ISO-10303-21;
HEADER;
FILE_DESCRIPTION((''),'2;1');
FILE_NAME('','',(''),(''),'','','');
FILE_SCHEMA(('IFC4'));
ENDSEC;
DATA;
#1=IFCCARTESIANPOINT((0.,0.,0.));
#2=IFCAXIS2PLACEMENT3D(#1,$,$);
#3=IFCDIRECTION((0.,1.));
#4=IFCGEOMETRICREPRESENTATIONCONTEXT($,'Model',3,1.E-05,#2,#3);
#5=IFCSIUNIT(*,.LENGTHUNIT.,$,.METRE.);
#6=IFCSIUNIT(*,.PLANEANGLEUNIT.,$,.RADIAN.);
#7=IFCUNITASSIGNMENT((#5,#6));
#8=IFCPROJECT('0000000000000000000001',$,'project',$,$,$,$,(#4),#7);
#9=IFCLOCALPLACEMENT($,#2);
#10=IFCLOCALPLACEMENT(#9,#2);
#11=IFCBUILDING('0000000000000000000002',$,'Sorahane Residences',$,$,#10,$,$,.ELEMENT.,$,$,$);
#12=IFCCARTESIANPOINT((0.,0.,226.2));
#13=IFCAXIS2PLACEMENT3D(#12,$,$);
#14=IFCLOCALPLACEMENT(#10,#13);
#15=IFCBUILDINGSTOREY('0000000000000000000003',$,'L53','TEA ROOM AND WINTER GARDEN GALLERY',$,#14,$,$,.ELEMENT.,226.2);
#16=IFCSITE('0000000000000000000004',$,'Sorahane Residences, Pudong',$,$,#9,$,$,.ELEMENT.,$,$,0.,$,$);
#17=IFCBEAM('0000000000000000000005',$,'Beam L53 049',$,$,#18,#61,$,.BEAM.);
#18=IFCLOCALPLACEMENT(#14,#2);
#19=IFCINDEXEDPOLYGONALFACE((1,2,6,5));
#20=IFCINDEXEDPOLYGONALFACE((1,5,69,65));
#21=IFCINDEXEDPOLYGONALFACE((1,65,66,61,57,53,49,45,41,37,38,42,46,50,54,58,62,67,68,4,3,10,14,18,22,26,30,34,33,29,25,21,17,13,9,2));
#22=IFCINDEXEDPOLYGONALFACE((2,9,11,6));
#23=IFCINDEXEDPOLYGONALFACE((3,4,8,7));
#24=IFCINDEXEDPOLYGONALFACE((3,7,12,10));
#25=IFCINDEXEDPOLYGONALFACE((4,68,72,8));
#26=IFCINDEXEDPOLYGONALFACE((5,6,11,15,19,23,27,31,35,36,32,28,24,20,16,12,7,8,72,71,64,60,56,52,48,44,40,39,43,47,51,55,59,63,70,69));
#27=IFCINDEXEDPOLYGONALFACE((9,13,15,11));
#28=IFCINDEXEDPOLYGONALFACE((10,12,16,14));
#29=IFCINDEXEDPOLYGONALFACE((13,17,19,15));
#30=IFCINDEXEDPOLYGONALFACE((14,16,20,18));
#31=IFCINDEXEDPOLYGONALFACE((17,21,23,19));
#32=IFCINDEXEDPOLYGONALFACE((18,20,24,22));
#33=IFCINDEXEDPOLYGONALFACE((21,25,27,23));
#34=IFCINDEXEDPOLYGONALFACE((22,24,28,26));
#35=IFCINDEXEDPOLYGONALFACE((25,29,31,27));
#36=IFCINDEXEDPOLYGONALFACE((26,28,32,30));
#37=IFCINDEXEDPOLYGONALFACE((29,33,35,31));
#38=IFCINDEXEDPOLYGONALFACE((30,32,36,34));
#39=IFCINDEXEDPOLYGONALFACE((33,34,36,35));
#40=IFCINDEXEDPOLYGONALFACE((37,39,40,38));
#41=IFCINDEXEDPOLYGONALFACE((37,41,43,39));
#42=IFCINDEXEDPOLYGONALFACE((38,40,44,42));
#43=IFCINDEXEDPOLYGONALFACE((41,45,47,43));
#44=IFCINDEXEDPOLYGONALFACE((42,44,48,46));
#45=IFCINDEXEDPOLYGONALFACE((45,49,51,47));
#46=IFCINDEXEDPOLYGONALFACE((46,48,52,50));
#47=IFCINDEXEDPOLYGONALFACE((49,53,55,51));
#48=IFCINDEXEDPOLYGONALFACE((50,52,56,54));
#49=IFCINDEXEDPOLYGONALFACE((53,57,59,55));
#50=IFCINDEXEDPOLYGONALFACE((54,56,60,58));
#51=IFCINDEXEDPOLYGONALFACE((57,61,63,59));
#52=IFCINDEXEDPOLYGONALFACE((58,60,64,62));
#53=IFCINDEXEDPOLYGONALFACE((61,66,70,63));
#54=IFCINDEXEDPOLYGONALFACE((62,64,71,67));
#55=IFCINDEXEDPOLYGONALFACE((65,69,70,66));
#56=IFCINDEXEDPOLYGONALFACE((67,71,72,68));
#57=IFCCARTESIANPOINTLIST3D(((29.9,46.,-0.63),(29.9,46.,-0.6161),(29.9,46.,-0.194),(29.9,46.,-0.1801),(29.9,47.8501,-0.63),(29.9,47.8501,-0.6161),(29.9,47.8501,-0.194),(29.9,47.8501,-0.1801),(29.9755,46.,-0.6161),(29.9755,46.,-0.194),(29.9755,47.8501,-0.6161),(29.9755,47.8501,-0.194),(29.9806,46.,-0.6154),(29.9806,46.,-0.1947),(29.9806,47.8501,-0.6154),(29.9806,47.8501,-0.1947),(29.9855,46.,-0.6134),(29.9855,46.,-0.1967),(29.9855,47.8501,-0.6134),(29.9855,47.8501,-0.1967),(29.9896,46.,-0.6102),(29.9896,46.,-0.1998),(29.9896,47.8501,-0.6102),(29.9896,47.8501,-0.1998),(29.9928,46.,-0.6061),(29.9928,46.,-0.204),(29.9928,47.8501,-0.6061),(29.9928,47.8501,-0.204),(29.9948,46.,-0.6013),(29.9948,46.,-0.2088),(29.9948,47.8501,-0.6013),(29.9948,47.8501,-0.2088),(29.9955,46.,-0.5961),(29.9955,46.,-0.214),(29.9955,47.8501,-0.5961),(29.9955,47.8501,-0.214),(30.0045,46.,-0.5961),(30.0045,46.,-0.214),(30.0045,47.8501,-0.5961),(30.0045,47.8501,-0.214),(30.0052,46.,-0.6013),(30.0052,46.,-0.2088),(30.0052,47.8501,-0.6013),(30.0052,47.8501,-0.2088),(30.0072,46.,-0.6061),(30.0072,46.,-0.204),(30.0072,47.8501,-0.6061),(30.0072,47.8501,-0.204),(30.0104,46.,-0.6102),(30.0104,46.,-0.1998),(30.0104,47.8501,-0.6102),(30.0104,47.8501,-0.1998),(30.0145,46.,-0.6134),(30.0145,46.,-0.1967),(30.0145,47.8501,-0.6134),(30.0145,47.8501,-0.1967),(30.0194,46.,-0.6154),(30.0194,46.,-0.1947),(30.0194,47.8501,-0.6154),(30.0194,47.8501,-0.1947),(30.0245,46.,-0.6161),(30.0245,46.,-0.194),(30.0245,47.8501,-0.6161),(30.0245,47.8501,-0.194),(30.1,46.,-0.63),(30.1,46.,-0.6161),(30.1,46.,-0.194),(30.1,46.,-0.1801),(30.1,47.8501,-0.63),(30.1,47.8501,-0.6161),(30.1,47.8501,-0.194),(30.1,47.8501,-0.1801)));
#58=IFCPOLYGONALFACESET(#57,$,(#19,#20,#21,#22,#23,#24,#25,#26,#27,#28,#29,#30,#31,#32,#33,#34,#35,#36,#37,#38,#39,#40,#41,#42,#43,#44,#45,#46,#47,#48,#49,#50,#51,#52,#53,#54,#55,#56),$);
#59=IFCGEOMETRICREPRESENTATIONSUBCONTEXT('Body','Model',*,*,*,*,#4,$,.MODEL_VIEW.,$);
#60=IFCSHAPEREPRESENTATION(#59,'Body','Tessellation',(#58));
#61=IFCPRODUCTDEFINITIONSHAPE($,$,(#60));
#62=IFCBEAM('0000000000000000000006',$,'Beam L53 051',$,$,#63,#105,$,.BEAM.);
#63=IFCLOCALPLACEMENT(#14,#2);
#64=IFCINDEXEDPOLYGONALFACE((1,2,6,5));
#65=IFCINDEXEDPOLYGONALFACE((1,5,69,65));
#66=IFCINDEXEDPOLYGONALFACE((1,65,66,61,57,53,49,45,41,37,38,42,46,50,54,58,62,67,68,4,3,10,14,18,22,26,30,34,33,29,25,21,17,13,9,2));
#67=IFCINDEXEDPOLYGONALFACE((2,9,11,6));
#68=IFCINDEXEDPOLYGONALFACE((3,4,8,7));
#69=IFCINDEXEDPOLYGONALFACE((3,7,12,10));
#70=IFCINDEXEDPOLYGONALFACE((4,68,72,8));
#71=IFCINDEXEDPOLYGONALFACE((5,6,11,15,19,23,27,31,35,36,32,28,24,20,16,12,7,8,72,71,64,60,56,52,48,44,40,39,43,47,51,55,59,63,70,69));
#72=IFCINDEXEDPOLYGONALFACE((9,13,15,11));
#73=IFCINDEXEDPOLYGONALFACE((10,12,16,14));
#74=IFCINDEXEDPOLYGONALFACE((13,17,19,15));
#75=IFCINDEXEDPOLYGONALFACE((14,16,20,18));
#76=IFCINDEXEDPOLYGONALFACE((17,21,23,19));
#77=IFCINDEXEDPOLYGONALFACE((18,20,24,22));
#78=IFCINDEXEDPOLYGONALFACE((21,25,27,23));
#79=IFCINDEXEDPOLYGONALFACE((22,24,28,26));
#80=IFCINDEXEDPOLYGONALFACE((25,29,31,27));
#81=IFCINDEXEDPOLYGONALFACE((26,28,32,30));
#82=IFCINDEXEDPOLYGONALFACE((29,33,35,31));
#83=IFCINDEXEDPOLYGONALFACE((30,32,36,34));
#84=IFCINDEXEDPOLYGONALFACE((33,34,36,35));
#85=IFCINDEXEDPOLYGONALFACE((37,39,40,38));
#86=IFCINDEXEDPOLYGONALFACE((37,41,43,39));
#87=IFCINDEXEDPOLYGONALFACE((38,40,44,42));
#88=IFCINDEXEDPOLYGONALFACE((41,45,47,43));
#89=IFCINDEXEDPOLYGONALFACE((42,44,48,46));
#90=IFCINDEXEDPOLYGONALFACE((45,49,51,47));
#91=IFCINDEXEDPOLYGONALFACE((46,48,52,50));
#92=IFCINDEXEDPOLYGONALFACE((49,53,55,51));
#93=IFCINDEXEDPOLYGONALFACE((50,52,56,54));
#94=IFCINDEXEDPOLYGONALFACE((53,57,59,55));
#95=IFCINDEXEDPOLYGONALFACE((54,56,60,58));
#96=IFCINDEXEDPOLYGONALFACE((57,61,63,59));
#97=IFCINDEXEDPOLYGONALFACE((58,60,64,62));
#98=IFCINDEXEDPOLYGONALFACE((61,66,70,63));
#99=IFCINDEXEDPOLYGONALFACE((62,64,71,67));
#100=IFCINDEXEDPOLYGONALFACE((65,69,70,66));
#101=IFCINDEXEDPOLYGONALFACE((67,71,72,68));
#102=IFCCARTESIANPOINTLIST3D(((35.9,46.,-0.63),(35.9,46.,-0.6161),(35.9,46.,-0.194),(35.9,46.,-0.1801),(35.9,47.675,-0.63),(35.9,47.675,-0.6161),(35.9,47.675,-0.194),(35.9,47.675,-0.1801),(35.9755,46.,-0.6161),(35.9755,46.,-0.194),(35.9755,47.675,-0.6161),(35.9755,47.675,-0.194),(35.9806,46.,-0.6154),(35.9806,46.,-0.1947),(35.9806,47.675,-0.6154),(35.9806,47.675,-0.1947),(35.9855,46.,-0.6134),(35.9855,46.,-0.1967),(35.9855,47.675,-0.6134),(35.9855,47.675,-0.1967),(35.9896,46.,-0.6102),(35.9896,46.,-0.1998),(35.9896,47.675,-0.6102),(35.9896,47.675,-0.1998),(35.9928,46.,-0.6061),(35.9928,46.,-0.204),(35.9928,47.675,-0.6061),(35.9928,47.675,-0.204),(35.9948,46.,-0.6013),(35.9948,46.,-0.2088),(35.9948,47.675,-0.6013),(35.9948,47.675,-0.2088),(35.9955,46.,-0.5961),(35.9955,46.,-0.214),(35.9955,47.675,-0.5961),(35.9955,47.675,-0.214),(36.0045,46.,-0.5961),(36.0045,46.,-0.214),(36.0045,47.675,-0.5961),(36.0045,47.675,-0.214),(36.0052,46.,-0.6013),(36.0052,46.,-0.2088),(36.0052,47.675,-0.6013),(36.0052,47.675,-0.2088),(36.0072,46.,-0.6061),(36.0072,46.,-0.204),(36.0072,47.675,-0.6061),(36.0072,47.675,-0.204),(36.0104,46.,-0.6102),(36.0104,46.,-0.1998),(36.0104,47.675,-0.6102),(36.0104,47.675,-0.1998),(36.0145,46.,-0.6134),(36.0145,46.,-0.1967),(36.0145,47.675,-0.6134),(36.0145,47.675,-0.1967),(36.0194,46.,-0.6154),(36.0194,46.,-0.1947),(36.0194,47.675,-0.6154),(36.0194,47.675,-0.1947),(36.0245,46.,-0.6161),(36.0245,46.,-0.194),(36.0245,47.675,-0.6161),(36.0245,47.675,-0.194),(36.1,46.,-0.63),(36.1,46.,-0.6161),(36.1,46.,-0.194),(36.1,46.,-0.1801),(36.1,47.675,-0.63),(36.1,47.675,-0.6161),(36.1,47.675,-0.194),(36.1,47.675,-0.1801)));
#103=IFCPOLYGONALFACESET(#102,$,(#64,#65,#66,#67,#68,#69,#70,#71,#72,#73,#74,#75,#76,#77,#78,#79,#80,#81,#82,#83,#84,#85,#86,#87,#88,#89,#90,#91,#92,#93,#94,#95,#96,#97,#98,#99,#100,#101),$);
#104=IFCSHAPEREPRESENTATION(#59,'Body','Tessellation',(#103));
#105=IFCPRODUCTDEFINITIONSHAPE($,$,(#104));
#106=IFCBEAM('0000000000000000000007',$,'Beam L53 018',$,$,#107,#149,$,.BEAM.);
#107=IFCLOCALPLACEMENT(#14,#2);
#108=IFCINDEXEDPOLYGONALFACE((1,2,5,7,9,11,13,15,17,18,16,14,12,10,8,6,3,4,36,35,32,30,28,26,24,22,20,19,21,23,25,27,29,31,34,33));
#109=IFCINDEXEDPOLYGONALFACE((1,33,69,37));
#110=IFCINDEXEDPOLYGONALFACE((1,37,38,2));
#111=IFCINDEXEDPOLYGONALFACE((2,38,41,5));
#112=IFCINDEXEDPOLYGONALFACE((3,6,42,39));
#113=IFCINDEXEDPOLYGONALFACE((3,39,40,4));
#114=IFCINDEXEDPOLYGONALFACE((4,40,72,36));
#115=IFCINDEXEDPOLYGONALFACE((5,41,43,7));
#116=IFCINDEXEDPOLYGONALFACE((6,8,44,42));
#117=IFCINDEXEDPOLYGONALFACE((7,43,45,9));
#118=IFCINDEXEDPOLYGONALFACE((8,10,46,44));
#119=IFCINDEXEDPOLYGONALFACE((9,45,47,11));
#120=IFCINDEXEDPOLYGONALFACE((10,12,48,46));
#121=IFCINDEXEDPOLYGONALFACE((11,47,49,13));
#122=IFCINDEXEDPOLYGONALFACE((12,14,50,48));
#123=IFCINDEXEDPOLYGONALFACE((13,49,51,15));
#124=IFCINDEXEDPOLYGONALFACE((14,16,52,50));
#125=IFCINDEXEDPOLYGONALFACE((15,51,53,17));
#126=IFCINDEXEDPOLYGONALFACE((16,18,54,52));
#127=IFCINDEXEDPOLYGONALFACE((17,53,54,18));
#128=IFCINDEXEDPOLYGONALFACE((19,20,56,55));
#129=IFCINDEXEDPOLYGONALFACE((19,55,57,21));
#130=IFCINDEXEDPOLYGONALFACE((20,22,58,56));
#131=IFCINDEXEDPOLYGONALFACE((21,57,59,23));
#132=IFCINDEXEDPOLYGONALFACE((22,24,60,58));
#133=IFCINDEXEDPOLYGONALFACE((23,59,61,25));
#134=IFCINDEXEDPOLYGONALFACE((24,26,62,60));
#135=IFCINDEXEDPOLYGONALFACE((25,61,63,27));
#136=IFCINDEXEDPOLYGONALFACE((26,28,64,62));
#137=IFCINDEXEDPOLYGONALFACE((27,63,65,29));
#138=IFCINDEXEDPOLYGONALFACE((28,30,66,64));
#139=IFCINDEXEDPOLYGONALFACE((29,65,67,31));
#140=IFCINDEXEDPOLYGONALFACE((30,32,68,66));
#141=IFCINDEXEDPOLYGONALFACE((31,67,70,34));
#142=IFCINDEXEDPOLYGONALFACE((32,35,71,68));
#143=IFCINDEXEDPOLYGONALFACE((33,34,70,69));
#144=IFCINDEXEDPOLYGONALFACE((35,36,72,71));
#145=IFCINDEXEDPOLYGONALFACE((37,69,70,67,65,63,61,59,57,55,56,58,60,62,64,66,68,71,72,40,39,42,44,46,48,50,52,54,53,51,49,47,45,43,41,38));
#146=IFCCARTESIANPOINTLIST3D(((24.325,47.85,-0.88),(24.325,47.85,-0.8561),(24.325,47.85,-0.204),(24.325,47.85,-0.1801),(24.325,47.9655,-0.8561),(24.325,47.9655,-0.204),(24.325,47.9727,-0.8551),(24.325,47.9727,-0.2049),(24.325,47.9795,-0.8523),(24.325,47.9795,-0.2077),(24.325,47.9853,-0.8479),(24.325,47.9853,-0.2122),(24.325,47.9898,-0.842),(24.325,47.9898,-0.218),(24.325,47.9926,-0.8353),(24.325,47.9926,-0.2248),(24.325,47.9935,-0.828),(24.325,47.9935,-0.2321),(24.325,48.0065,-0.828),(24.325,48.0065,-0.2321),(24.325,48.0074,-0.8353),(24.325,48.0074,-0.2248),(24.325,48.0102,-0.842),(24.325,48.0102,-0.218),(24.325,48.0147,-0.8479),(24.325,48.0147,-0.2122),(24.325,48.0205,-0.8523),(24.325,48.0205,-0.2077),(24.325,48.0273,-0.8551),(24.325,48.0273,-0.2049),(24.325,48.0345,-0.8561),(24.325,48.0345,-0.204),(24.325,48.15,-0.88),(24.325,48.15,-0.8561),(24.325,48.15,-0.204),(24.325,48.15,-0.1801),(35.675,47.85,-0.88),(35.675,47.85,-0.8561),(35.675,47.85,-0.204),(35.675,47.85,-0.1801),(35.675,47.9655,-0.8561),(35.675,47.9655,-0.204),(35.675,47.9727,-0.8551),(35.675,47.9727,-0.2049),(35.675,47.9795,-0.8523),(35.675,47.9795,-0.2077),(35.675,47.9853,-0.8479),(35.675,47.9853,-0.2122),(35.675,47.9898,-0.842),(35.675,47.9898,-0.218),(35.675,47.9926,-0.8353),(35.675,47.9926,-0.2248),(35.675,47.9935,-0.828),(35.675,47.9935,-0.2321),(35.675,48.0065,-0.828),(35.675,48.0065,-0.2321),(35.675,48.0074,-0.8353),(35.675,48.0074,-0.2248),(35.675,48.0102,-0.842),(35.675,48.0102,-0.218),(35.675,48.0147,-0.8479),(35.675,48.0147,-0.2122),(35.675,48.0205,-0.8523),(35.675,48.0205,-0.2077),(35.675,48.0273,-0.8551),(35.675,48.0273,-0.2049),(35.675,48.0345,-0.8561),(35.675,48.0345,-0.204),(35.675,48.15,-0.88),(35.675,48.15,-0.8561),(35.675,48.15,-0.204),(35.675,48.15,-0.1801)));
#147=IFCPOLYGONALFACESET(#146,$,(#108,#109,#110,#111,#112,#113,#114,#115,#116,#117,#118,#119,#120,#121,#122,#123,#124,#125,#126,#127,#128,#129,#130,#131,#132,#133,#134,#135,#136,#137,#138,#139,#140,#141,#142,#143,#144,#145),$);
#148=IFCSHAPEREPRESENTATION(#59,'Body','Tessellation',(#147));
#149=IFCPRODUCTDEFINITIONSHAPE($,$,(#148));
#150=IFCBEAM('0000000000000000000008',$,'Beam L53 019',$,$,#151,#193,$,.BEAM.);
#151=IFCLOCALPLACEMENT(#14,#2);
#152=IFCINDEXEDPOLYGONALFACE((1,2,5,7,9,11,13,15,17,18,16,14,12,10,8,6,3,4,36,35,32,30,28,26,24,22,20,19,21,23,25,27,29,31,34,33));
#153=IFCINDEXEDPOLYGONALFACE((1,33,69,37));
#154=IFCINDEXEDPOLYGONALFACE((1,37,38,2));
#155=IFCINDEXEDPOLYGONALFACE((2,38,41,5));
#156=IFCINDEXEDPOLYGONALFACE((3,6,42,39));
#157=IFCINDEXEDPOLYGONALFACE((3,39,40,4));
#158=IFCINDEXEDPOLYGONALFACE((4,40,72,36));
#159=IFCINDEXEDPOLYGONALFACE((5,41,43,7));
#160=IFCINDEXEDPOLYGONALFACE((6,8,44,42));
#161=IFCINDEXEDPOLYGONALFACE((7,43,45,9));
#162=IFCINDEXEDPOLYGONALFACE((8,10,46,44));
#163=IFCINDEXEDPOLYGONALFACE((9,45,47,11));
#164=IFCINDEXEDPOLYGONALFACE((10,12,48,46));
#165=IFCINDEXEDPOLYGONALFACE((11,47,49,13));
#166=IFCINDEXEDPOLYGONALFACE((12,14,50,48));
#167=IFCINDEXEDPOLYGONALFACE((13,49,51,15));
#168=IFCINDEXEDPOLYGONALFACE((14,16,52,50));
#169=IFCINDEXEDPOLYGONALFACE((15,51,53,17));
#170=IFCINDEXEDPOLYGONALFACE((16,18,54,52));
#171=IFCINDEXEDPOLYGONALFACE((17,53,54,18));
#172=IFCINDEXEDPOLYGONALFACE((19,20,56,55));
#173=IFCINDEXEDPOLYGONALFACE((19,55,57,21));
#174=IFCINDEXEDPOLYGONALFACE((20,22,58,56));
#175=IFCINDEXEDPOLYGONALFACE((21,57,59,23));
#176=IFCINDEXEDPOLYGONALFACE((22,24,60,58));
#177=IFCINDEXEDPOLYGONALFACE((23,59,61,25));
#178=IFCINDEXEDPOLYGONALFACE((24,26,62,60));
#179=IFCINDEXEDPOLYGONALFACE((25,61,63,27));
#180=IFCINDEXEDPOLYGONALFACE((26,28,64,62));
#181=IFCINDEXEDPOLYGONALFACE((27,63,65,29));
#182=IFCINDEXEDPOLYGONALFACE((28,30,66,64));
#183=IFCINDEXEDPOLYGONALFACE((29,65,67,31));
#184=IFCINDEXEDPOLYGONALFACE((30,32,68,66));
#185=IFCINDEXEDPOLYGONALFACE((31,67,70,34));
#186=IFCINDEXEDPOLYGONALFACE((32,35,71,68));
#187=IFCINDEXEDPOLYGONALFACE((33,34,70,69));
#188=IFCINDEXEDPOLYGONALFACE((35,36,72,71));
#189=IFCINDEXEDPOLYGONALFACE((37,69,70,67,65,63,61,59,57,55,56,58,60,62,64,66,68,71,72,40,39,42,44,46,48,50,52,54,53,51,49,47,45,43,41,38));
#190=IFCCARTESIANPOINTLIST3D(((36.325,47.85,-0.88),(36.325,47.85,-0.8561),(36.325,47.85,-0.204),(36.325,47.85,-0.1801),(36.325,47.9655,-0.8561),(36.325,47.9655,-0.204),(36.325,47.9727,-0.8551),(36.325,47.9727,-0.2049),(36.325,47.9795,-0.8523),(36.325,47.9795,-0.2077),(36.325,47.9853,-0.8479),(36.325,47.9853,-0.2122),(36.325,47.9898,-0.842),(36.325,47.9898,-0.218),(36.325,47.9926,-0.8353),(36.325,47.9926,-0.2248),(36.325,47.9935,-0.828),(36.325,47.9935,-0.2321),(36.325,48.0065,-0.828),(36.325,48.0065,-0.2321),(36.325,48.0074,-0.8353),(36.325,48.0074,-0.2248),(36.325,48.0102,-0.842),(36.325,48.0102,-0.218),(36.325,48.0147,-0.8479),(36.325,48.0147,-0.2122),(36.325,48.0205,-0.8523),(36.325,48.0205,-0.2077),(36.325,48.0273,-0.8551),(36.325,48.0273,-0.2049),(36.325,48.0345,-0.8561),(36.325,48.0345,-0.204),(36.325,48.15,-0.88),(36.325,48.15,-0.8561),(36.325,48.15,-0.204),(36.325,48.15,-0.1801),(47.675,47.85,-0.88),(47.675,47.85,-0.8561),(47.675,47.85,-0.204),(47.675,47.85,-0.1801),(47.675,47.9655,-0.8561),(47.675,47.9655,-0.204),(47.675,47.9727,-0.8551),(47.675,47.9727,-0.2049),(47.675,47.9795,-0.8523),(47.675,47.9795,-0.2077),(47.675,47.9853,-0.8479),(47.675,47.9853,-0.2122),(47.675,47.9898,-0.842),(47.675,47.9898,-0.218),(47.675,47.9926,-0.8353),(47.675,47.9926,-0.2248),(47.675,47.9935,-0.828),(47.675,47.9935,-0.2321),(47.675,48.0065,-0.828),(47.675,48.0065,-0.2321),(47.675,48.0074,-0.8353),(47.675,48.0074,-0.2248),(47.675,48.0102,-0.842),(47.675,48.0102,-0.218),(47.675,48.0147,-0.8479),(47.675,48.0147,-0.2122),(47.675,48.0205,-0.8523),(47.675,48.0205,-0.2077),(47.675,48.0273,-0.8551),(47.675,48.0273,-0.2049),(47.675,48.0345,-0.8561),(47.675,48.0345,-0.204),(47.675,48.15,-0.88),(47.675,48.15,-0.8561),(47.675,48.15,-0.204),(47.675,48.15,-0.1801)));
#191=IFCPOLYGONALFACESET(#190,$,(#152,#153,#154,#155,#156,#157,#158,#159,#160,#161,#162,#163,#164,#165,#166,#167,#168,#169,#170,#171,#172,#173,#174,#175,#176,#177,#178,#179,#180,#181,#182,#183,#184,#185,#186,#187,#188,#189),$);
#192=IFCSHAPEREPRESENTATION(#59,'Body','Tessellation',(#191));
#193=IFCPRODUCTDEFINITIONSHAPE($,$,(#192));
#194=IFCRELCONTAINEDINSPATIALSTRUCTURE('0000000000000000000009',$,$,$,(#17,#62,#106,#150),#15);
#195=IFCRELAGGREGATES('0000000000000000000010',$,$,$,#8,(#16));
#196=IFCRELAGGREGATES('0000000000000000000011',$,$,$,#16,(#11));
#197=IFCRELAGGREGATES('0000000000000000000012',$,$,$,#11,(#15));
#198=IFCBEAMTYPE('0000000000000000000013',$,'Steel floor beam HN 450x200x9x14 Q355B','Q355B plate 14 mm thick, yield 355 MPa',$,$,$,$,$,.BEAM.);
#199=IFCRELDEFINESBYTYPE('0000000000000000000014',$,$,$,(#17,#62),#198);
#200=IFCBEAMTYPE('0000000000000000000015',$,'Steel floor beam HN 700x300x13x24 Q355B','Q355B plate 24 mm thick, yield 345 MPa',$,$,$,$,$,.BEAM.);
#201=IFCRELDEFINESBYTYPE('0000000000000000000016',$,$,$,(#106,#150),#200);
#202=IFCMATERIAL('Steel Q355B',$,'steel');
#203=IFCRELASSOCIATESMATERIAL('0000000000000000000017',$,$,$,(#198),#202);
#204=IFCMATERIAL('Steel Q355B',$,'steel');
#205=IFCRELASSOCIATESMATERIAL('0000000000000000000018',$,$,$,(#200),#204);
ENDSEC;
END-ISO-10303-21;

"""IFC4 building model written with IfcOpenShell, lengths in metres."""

from ifc_helpers import new_model, si_unit, direction, frame, origin, origin_2d, place, context, subcontext, project, spatial, i_section, extrude, material, material_profile, profile_set, type_object, element, save


model = new_model("IFC4")

# Units and contexts
model_context = context("Model", 3, precision=1e-05, world=origin(), true_north=direction((0.0, 1.0)))
body_context = subcontext(model_context, "Body", "Model", "MODEL_VIEW")
ifc_project = project(units=[si_unit("LENGTHUNIT", "METRE"), si_unit("PLANEANGLEUNIT", "RADIAN")], contexts=[model_context])

# Site, building, storey
site_placement = place(None, origin())
site = spatial("IfcSite", under=ifc_project, at=site_placement, Name="Sorahane Residences, Pudong", CompositionType="ELEMENT", RefElevation=0.0)
building_placement = place(site_placement, origin())
building = spatial("IfcBuilding", under=site, at=building_placement, Name="Sorahane Residences", CompositionType="ELEMENT")
storey_placement = place(building_placement, frame((0.0, 0.0, 226.2)))
storey = spatial("IfcBuildingStorey", under=building, at=storey_placement, Name="L53", Description="TEA ROOM AND WINTER GARDEN GALLERY", CompositionType="ELEMENT", Elevation=226.2)

# Beams
ifc_material_1 = material(Name="Steel Q355B", Category="steel")
ifc_material_profile_1 = material_profile(ifc_material_1, i_section(OverallWidth=0.2, OverallDepth=0.45, WebThickness=0.009, FlangeThickness=0.0139, FilletRadius=0.02, at=origin_2d()), Name="HN 450x200x9x14")
ifc_profile_set_1 = profile_set([ifc_material_profile_1], Name="Steel Q355B")
beam_type_1 = type_object("IfcBeamType", Name="Steel floor beam HN 450x200x9x14 Q355B", Description="Q355B plate 14 mm thick, yield 355 MPa", PredefinedType="BEAM", material=ifc_profile_set_1)
beam_1_placement = place(storey_placement, frame((30.0, 46.0, -0.405), z_axis=(0.0, 1.0, 0.0), x_axis=(-1.0, 0.0, 0.0)))
element("IfcBeam", 1, at=beam_1_placement, inside=storey, type_object=beam_type_1, Name="Beam L53 049", PredefinedType="BEAM", context=body_context, shape_type="SweptSolid", body=[
    extrude(i_section(OverallWidth=0.2, OverallDepth=0.45, WebThickness=0.009, FlangeThickness=0.0139, FilletRadius=0.02, at=origin_2d()), origin(), (0.0, 0.0, 1.0), 1.8501),
])
beam_2_placement = place(storey_placement, frame((36.0, 46.0, -0.405), z_axis=(0.0, 1.0, 0.0), x_axis=(-1.0, 0.0, 0.0)))
element("IfcBeam", 2, at=beam_2_placement, inside=storey, type_object=beam_type_1, Name="Beam L53 051", PredefinedType="BEAM", context=body_context, shape_type="SweptSolid", body=[
    extrude(i_section(OverallWidth=0.2, OverallDepth=0.45, WebThickness=0.009, FlangeThickness=0.0139, FilletRadius=0.02, at=origin_2d()), origin(), (0.0, 0.0, 1.0), 1.675),
])
ifc_material_2 = material(Name="Steel Q355B", Category="steel")
ifc_material_profile_2 = material_profile(ifc_material_2, i_section(OverallWidth=0.3, OverallDepth=0.7, WebThickness=0.0129, FlangeThickness=0.0239, FilletRadius=0.0281, at=origin_2d()), Name="HN 700x300x13x24")
ifc_profile_set_2 = profile_set([ifc_material_profile_2], Name="Steel Q355B")
beam_type_2 = type_object("IfcBeamType", Name="Steel floor beam HN 700x300x13x24 Q355B", Description="Q355B plate 24 mm thick, yield 345 MPa", PredefinedType="BEAM", material=ifc_profile_set_2)
for number, where, z_axis, x_axis, name in (
    (3, (24.325, 48.0, -0.53), (1.0, 0.0, 0.0), (0.0, 1.0, 0.0), "Beam L53 018"),
    (4, (36.325, 48.0, -0.53), (1.0, 0.0, 0.0), (0.0, 1.0, 0.0), "Beam L53 019"),
):
    element("IfcBeam", number, at=place(storey_placement, frame(where, z_axis=z_axis, x_axis=x_axis)), inside=storey, type_object=beam_type_2, Name=name, PredefinedType="BEAM", context=body_context, shape_type="SweptSolid", body=[
        extrude(i_section(OverallWidth=0.3, OverallDepth=0.7, WebThickness=0.0129, FlangeThickness=0.0239, FilletRadius=0.0281, at=origin_2d()), origin(), (0.0, 0.0, 1.0), 11.3501),
    ])

save(model, "model.ifc")
